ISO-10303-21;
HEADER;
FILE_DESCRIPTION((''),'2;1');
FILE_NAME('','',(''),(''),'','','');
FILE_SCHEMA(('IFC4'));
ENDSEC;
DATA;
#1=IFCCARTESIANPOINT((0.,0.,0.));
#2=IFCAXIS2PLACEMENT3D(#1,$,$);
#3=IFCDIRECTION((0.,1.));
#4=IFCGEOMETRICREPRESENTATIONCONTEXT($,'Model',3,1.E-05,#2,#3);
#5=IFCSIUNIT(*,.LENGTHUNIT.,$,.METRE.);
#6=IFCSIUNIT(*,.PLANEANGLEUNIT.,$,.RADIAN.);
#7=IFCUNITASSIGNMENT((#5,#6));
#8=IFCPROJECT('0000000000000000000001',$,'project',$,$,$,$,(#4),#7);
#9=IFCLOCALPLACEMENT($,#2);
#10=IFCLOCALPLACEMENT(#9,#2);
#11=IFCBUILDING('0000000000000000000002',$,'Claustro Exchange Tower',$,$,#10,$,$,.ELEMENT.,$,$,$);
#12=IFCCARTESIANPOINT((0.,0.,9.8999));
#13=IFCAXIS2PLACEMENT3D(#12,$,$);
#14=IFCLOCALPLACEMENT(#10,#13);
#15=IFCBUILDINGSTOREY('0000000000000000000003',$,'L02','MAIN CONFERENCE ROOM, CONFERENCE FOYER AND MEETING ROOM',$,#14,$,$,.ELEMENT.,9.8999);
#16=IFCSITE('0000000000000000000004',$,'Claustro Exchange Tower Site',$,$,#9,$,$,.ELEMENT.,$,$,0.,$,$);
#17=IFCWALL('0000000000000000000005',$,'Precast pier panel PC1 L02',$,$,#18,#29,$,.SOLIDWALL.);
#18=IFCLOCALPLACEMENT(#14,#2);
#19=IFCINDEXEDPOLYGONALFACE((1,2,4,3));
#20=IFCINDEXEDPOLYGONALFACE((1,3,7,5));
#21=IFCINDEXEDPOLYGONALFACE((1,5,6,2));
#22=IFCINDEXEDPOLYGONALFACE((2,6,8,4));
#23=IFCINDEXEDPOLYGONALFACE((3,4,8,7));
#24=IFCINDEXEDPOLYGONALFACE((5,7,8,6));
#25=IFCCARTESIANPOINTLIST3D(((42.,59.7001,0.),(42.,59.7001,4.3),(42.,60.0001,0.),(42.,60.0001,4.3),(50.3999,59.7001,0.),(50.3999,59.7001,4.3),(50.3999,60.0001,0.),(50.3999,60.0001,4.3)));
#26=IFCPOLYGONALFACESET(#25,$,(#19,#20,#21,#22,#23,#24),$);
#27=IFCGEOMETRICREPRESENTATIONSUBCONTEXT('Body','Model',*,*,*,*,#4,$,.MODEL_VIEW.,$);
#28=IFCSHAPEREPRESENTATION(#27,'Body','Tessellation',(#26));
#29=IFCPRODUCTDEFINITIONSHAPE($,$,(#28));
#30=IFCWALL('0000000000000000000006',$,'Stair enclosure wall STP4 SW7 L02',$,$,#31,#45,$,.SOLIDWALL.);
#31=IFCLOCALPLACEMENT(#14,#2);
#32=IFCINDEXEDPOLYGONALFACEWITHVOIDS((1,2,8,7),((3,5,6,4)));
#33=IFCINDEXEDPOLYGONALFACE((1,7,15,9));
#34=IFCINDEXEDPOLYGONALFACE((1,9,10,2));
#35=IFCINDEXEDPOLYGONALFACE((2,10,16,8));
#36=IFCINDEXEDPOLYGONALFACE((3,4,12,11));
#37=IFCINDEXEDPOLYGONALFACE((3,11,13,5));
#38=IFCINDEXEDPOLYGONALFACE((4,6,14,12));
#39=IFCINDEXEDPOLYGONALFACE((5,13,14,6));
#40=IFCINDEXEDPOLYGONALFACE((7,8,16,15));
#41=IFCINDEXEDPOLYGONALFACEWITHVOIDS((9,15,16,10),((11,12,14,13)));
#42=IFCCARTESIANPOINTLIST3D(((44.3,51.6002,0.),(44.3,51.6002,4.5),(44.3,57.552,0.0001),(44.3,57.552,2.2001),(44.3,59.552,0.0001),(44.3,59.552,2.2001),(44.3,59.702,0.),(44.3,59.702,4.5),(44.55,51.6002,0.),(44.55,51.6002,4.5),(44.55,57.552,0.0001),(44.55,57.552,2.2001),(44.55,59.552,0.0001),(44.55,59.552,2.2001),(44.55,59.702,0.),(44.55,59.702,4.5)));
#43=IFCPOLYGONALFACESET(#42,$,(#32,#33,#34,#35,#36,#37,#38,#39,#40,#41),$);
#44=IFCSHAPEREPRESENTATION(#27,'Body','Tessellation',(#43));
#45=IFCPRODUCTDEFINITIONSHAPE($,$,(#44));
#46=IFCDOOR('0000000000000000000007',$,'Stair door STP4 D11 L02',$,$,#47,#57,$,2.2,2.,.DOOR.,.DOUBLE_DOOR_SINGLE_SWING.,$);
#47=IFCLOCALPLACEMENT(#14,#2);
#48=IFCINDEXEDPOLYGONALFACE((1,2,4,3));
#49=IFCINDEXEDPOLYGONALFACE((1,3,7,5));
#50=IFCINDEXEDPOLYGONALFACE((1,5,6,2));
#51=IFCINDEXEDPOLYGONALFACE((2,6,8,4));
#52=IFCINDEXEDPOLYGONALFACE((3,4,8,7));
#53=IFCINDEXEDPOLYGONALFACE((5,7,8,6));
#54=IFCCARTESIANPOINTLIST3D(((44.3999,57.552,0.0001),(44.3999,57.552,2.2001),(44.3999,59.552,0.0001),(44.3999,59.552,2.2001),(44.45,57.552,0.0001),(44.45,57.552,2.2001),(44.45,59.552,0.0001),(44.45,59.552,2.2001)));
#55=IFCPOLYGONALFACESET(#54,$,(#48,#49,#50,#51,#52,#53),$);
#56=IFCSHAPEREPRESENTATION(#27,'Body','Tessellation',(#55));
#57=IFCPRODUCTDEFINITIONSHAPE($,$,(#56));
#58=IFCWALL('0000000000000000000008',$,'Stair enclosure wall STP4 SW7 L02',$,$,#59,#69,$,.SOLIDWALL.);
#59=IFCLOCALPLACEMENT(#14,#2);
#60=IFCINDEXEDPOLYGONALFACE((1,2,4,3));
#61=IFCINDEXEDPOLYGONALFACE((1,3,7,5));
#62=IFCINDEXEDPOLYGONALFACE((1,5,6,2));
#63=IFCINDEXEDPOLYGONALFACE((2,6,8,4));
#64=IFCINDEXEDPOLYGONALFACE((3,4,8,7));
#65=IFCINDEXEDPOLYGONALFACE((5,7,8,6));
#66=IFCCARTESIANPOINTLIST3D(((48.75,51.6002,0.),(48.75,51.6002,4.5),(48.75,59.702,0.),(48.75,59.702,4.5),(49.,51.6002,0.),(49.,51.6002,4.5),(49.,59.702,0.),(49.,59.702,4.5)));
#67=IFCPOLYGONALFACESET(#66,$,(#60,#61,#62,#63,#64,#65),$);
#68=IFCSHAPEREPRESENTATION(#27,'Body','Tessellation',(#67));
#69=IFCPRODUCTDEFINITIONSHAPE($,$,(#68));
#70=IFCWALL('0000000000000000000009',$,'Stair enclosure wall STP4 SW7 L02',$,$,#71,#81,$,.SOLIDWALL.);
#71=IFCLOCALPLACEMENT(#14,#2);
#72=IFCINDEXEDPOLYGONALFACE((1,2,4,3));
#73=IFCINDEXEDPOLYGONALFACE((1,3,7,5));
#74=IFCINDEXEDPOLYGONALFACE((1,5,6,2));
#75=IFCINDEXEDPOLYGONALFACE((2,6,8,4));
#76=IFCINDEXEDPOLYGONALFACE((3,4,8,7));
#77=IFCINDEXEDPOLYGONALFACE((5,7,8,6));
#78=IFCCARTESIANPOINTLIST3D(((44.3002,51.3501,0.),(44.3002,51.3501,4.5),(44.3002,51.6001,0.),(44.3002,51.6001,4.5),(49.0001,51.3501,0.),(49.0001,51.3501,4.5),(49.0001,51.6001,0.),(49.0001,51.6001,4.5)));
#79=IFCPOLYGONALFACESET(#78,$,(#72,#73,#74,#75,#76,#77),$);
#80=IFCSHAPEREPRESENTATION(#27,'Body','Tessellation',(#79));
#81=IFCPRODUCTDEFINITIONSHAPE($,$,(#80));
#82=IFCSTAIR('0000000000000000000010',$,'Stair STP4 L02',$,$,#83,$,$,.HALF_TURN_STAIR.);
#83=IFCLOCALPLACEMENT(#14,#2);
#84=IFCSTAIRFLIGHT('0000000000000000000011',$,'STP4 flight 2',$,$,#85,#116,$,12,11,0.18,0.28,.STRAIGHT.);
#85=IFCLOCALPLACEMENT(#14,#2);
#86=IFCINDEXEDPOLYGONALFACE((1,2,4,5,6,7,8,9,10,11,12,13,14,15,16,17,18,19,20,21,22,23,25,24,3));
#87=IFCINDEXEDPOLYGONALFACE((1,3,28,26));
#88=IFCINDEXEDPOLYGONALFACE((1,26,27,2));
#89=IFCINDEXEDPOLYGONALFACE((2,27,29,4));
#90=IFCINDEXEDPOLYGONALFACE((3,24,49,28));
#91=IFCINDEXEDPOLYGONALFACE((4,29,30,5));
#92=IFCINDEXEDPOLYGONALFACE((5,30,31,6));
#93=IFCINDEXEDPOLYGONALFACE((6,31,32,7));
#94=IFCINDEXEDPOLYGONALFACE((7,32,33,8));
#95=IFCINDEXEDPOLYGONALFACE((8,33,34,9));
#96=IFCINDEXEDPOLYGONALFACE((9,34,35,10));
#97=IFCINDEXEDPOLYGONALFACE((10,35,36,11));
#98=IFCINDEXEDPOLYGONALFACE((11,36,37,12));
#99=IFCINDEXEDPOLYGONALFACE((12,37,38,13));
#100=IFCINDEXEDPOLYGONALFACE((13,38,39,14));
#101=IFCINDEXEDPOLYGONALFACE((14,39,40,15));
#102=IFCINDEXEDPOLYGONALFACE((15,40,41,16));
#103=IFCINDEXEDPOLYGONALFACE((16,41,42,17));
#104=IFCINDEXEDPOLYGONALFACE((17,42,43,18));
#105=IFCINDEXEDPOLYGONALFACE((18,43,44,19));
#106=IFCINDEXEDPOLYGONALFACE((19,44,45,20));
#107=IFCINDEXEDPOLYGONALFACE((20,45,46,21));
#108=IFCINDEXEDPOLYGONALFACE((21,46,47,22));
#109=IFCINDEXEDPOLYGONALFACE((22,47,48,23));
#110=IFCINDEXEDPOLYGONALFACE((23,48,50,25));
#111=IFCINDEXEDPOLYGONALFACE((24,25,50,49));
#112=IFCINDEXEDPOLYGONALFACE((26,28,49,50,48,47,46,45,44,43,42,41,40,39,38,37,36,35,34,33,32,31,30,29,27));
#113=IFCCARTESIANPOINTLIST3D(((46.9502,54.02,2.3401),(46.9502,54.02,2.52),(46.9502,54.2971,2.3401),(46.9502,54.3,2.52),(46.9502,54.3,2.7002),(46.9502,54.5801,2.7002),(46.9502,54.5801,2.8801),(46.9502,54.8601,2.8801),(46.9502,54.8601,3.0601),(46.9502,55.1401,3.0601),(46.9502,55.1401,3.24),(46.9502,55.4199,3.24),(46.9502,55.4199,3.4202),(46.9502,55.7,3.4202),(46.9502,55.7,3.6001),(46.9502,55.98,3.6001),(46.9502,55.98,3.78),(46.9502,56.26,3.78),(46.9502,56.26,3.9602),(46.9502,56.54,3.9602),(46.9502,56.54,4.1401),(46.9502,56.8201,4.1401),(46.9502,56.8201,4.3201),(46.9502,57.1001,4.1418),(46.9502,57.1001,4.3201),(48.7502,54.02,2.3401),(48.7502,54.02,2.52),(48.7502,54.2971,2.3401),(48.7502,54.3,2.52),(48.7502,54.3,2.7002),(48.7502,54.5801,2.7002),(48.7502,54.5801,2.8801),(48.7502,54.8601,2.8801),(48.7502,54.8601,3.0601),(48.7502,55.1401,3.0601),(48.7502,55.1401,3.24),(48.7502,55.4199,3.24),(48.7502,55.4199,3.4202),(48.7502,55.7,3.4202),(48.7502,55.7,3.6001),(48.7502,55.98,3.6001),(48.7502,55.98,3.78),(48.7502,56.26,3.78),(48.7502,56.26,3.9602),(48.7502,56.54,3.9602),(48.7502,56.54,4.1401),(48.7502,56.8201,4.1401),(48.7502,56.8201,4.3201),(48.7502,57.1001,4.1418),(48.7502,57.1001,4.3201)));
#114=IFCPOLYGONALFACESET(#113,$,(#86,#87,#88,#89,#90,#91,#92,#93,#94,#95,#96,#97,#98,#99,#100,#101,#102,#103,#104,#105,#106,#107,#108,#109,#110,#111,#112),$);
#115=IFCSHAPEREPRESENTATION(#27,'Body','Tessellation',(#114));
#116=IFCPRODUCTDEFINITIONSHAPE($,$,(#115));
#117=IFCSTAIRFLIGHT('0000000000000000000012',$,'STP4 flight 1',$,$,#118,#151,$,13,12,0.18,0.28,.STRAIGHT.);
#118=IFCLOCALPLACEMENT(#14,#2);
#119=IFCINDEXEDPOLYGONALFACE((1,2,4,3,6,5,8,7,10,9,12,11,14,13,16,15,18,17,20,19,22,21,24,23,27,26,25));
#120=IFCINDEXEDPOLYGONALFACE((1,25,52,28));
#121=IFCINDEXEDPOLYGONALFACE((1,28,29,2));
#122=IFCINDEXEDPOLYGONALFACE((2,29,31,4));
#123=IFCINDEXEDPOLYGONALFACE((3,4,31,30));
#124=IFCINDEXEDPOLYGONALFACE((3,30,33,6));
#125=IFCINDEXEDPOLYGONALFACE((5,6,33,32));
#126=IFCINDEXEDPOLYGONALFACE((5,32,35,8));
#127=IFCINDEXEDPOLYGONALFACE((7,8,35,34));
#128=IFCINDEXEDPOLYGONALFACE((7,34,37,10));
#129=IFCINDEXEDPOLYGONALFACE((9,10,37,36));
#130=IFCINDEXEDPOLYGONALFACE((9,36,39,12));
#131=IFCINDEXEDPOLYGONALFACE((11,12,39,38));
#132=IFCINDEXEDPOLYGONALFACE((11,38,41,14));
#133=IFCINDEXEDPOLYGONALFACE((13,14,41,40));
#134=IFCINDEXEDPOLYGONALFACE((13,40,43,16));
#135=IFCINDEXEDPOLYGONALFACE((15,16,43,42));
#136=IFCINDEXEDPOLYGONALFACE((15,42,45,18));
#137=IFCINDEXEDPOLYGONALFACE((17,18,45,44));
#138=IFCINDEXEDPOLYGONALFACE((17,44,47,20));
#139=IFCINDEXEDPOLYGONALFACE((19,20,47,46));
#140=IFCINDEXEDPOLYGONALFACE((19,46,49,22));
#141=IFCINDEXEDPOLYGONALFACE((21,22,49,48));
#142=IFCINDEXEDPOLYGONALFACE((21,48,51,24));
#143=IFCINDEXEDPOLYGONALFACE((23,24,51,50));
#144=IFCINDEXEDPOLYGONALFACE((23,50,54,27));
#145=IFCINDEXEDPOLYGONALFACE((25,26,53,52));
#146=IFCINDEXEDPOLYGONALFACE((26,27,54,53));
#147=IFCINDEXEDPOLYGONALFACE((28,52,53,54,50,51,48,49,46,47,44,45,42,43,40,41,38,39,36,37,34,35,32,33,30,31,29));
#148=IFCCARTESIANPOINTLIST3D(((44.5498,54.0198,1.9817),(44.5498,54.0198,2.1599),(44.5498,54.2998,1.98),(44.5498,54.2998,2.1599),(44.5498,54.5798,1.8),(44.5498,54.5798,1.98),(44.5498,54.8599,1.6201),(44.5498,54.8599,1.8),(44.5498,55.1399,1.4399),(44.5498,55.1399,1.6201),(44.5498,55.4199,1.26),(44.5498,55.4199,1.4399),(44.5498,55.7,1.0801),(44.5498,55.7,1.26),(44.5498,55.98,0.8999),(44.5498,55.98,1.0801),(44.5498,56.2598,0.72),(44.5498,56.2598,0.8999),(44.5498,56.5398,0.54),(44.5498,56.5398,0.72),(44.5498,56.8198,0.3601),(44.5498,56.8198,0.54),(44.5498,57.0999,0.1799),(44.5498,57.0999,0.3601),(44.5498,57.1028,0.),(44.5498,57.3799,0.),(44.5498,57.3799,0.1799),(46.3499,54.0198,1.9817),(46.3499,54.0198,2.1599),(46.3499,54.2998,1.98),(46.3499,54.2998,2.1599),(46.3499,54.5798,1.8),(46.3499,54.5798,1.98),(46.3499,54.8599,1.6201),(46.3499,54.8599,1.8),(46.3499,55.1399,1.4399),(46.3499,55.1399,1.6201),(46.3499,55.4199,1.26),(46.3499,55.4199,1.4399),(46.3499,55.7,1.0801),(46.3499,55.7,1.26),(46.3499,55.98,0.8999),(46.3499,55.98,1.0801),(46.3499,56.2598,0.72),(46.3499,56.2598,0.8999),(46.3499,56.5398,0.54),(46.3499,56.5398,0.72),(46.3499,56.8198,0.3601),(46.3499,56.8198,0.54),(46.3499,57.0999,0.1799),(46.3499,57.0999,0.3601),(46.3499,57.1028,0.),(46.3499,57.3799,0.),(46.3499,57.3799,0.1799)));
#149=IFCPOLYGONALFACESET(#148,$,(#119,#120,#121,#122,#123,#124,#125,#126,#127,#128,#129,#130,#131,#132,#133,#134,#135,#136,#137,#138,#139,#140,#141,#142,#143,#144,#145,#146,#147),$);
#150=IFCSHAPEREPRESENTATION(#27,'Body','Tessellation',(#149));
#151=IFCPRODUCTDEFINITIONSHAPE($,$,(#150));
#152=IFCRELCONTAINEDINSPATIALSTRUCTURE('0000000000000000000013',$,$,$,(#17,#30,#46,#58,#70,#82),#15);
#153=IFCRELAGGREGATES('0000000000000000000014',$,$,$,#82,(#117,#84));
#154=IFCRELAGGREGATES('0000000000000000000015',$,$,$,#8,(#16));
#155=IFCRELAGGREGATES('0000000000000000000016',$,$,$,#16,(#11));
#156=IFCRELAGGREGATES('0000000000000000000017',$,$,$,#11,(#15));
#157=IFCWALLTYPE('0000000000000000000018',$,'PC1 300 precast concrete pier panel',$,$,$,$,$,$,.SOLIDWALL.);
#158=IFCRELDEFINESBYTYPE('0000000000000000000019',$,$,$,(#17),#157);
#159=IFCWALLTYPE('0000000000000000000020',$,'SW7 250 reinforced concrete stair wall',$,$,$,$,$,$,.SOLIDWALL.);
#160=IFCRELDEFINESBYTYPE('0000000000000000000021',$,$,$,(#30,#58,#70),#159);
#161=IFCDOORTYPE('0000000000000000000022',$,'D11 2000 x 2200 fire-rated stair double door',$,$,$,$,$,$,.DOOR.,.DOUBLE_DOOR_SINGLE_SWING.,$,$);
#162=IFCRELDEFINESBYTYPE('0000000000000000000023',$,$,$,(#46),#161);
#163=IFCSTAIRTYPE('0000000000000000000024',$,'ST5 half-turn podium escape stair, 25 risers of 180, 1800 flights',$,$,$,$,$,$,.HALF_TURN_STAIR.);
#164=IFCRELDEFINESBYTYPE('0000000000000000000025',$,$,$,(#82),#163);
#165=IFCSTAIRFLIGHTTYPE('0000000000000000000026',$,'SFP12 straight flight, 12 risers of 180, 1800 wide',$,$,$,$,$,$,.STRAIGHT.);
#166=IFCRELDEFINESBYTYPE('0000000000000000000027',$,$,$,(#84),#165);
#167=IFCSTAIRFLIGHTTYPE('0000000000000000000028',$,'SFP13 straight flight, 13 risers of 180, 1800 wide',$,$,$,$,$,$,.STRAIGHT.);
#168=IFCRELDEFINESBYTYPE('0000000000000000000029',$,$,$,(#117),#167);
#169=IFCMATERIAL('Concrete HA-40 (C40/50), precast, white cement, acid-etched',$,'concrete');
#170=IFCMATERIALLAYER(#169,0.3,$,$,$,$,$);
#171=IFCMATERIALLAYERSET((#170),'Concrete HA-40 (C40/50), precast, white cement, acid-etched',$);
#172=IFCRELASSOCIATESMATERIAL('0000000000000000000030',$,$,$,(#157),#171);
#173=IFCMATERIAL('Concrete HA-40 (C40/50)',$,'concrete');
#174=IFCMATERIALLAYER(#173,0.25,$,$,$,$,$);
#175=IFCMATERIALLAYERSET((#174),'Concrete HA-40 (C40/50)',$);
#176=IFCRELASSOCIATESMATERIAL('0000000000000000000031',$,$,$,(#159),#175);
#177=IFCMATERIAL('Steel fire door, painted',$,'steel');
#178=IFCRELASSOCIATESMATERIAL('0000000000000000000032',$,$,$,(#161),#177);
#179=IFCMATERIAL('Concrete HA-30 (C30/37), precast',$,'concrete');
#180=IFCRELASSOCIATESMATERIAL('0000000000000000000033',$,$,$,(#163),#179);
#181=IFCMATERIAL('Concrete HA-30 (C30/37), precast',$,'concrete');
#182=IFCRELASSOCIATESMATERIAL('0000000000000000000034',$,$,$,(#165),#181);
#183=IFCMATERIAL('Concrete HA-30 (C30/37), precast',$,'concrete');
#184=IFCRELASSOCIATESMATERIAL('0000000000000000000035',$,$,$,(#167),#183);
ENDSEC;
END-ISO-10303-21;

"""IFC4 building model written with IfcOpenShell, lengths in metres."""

from ifc_helpers import new_model, si_unit, direction, frame, frame_2d, origin, place, context, subcontext, project, spatial, polyline, rectangle, outline, extrude, material, layer, layer_set, type_object, element, fill, aggregate, save


model = new_model("IFC4")

# Units and contexts
model_context = context("Model", 3, precision=1e-05, world=origin(), true_north=direction((0.0, 1.0)))
body_context = subcontext(model_context, "Body", "Model", "MODEL_VIEW")
ifc_project = project(units=[si_unit("LENGTHUNIT", "METRE"), si_unit("PLANEANGLEUNIT", "RADIAN")], contexts=[model_context])

# Site, building, storey
site_placement = place(None, origin())
site = spatial("IfcSite", under=ifc_project, at=site_placement, Name="Claustro Exchange Tower Site", CompositionType="ELEMENT", RefElevation=0.0)
building_placement = place(site_placement, origin())
building = spatial("IfcBuilding", under=site, at=building_placement, Name="Claustro Exchange Tower", CompositionType="ELEMENT")
storey_placement = place(building_placement, frame((0.0, 0.0, 9.8999)))
storey = spatial("IfcBuildingStorey", under=building, at=storey_placement, Name="L02", Description="MAIN CONFERENCE ROOM, CONFERENCE FOYER AND MEETING ROOM", CompositionType="ELEMENT", Elevation=9.8999)

# Wall
ifc_material_1 = material(Name="Concrete HA-40 (C40/50), precast, white cement, acid-etched", Category="concrete")
ifc_layer_1 = layer(ifc_material_1, 0.3)
ifc_layer_set_1 = layer_set([ifc_layer_1], Name="Concrete HA-40 (C40/50), precast, white cement, acid-etched")
wall_type_1 = type_object("IfcWallType", Name="PC1 300 precast concrete pier panel", PredefinedType="SOLIDWALL", material=ifc_layer_set_1)
wall_1_placement = place(storey_placement, frame((42.0, 59.8501, 0.0), z_axis=(0.0, 0.0, 1.0), x_axis=(1.0, 0.0, 0.0)))
element("IfcWall", 1, at=wall_1_placement, inside=storey, type_object=wall_type_1, Name="Precast pier panel PC1 L02", PredefinedType="SOLIDWALL", context=body_context, shape_type="SweptSolid", body=[
    extrude(rectangle(XDim=8.3999, YDim=0.3, at=frame_2d((4.2, 0.0))), origin(), (0.0, 0.0, 1.0), 4.3),
])

# Wall, opening, door
ifc_material_2 = material(Name="Concrete HA-40 (C40/50)", Category="concrete")
ifc_layer_2 = layer(ifc_material_2, 0.25)
ifc_layer_set_2 = layer_set([ifc_layer_2], Name="Concrete HA-40 (C40/50)")
wall_type_2 = type_object("IfcWallType", Name="SW7 250 reinforced concrete stair wall", PredefinedType="SOLIDWALL", material=ifc_layer_set_2)
wall_2_placement = place(storey_placement, frame((44.425, 59.7019, 0.0), z_axis=(0.0, 0.0, 1.0), x_axis=(0.0, -1.0, 0.0)))
wall_2 = element("IfcWall", 2, at=wall_2_placement, inside=storey, type_object=wall_type_2, Name="Stair enclosure wall STP4 SW7 L02", PredefinedType="SOLIDWALL", context=body_context, shape_type="SweptSolid", body=[
    extrude(rectangle(XDim=8.1018, YDim=0.25, at=frame_2d((4.0508, 0.0))), origin(), (0.0, 0.0, 1.0), 4.5),
])
opening_placement = place(wall_2_placement, frame((0.1499, 0.0, 0.0)))
opening = element("IfcOpeningElement", 3, at=opening_placement, cuts=wall_2, PredefinedType="OPENING", context=body_context, shape_type="SweptSolid", body=[
    extrude(rectangle(XDim=2.0, YDim=2.2, at=frame_2d((1.0, 1.1001))), frame((0.0, 0.135, 0.0), z_axis=(0.0, -1.0, 0.0), x_axis=(1.0, 0.0, 0.0)), (0.0, 0.0, 1.0), 0.27),
])
ifc_material_3 = material(Name="Steel fire door, painted", Category="steel")
door_type = type_object("IfcDoorType", Name="D11 2000 x 2200 fire-rated stair double door", OperationType="DOUBLE_DOOR_SINGLE_SWING", PredefinedType="DOOR", material=ifc_material_3)
door_placement = place(opening_placement, origin())
door = element("IfcDoor", 4, at=door_placement, inside=storey, type_object=door_type, Name="Stair door STP4 D11 L02", OperationType="DOUBLE_DOOR_SINGLE_SWING", OverallHeight=2.2, OverallWidth=2.0, PredefinedType="DOOR", context=body_context, shape_type="SweptSolid", body=[
    extrude(rectangle(XDim=2.0, YDim=2.2, at=frame_2d((1.0, 1.1001))), frame((0.0, 0.0249, 0.0), z_axis=(0.0, -1.0, 0.0), x_axis=(1.0, 0.0, 0.0)), (0.0, 0.0, 1.0), 0.05),
])
fill(opening, door)

# Walls
wall_3_placement = place(storey_placement, frame((48.875, 59.7019, 0.0), z_axis=(0.0, 0.0, 1.0), x_axis=(0.0, -1.0, 0.0)))
element("IfcWall", 5, at=wall_3_placement, inside=storey, type_object=wall_type_2, Name="Stair enclosure wall STP4 SW7 L02", PredefinedType="SOLIDWALL", context=body_context, shape_type="SweptSolid", body=[
    extrude(rectangle(XDim=8.1018, YDim=0.25, at=frame_2d((4.0508, 0.0))), origin(), (0.0, 0.0, 1.0), 4.5),
])
wall_4_placement = place(storey_placement, frame((44.3, 51.4751, 0.0), z_axis=(0.0, 0.0, 1.0), x_axis=(1.0, 0.0, 0.0)))
element("IfcWall", 6, at=wall_4_placement, inside=storey, type_object=wall_type_2, Name="Stair enclosure wall STP4 SW7 L02", PredefinedType="SOLIDWALL", context=body_context, shape_type="SweptSolid", body=[
    extrude(rectangle(XDim=4.7, YDim=0.25, at=frame_2d((2.3501, 0.0))), origin(), (0.0, 0.0, 1.0), 4.5),
])

# Stair, stair flights
ifc_material_4 = material(Name="Concrete HA-30 (C30/37), precast", Category="concrete")
stair_type = type_object("IfcStairType", Name="ST5 half-turn podium escape stair, 25 risers of 180, 1800 flights", PredefinedType="HALF_TURN_STAIR", material=ifc_material_4)
stair_placement = place(storey_placement, origin())
stair = element("IfcStair", 7, at=stair_placement, inside=storey, type_object=stair_type, Name="Stair STP4 L02", PredefinedType="HALF_TURN_STAIR")
ifc_material_5 = material(Name="Concrete HA-30 (C30/37), precast", Category="concrete")
stair_flight_type_1 = type_object("IfcStairFlightType", Name="SFP12 straight flight, 12 risers of 180, 1800 wide", PredefinedType="STRAIGHT", material=ifc_material_5)
stair_flight_1_placement = place(storey_placement, frame((47.8501, 54.02, 2.3401), z_axis=(0.0, 0.0, 1.0), x_axis=(0.0, 1.0, 0.0)))
stair_flight_1 = element("IfcStairFlight", 8, at=stair_flight_1_placement, type_object=stair_flight_type_1, Name="STP4 flight 2", NumberOfRisers=12, NumberOfTreads=11, PredefinedType="STRAIGHT", RiserHeight=0.18, TreadLength=0.28, context=body_context, shape_type="SweptSolid", body=[
    extrude(outline(polyline([(0.0, 0.0), (0.0, 0.1799), (0.28, 0.1799), (0.28, 0.3601), (0.5601, 0.3601), (0.5601, 0.54), (0.8401, 0.54), (0.8401, 0.72), (1.1201, 0.72), (1.1201, 0.8999), (1.3999, 0.8999), (1.3999, 1.0801), (1.6799, 1.0801), (1.6799, 1.26), (1.96, 1.26), (1.96, 1.4399), (2.24, 1.4399), (2.24, 1.6201), (2.52, 1.6201), (2.52, 1.8), (2.8, 1.8), (2.8, 1.98), (3.0801, 1.98), (3.0801, 2.1599), (3.0801, 1.8018), (0.2771, 0.0), (0.0, 0.0)])), frame((0.0, 0.8999, 0.0), z_axis=(0.0, -1.0, 0.0), x_axis=(1.0, 0.0, 0.0)), (0.0, 0.0, 1.0), 1.8),
])
ifc_material_6 = material(Name="Concrete HA-30 (C30/37), precast", Category="concrete")
stair_flight_type_2 = type_object("IfcStairFlightType", Name="SFP13 straight flight, 13 risers of 180, 1800 wide", PredefinedType="STRAIGHT", material=ifc_material_6)
stair_flight_2_placement = place(storey_placement, frame((45.45, 57.3799, 0.0), z_axis=(0.0, 0.0, 1.0), x_axis=(0.0, -1.0, 0.0)))
stair_flight_2 = element("IfcStairFlight", 9, at=stair_flight_2_placement, type_object=stair_flight_type_2, Name="STP4 flight 1", NumberOfRisers=13, NumberOfTreads=12, PredefinedType="STRAIGHT", RiserHeight=0.18, TreadLength=0.28, context=body_context, shape_type="SweptSolid", body=[
    extrude(outline(polyline([(0.0, 0.0), (0.0, 0.1799), (0.28, 0.1799), (0.28, 0.3601), (0.5601, 0.3601), (0.5601, 0.54), (0.8401, 0.54), (0.8401, 0.72), (1.1201, 0.72), (1.1201, 0.8999), (1.3999, 0.8999), (1.3999, 1.0801), (1.6799, 1.0801), (1.6799, 1.26), (1.96, 1.26), (1.96, 1.4399), (2.24, 1.4399), (2.24, 1.6201), (2.52, 1.6201), (2.52, 1.8), (2.8, 1.8), (2.8, 1.98), (3.0801, 1.98), (3.0801, 2.1599), (3.3601, 2.1599), (3.3601, 2.3401), (3.3601, 1.9817), (0.2771, 0.0), (0.0, 0.0)])), frame((0.0, 0.8999, 0.0), z_axis=(0.0, -1.0, 0.0), x_axis=(1.0, 0.0, 0.0)), (0.0, 0.0, 1.0), 1.8),
])
aggregate(stair, [stair_flight_2, stair_flight_1])

save(model, "model.ifc")
